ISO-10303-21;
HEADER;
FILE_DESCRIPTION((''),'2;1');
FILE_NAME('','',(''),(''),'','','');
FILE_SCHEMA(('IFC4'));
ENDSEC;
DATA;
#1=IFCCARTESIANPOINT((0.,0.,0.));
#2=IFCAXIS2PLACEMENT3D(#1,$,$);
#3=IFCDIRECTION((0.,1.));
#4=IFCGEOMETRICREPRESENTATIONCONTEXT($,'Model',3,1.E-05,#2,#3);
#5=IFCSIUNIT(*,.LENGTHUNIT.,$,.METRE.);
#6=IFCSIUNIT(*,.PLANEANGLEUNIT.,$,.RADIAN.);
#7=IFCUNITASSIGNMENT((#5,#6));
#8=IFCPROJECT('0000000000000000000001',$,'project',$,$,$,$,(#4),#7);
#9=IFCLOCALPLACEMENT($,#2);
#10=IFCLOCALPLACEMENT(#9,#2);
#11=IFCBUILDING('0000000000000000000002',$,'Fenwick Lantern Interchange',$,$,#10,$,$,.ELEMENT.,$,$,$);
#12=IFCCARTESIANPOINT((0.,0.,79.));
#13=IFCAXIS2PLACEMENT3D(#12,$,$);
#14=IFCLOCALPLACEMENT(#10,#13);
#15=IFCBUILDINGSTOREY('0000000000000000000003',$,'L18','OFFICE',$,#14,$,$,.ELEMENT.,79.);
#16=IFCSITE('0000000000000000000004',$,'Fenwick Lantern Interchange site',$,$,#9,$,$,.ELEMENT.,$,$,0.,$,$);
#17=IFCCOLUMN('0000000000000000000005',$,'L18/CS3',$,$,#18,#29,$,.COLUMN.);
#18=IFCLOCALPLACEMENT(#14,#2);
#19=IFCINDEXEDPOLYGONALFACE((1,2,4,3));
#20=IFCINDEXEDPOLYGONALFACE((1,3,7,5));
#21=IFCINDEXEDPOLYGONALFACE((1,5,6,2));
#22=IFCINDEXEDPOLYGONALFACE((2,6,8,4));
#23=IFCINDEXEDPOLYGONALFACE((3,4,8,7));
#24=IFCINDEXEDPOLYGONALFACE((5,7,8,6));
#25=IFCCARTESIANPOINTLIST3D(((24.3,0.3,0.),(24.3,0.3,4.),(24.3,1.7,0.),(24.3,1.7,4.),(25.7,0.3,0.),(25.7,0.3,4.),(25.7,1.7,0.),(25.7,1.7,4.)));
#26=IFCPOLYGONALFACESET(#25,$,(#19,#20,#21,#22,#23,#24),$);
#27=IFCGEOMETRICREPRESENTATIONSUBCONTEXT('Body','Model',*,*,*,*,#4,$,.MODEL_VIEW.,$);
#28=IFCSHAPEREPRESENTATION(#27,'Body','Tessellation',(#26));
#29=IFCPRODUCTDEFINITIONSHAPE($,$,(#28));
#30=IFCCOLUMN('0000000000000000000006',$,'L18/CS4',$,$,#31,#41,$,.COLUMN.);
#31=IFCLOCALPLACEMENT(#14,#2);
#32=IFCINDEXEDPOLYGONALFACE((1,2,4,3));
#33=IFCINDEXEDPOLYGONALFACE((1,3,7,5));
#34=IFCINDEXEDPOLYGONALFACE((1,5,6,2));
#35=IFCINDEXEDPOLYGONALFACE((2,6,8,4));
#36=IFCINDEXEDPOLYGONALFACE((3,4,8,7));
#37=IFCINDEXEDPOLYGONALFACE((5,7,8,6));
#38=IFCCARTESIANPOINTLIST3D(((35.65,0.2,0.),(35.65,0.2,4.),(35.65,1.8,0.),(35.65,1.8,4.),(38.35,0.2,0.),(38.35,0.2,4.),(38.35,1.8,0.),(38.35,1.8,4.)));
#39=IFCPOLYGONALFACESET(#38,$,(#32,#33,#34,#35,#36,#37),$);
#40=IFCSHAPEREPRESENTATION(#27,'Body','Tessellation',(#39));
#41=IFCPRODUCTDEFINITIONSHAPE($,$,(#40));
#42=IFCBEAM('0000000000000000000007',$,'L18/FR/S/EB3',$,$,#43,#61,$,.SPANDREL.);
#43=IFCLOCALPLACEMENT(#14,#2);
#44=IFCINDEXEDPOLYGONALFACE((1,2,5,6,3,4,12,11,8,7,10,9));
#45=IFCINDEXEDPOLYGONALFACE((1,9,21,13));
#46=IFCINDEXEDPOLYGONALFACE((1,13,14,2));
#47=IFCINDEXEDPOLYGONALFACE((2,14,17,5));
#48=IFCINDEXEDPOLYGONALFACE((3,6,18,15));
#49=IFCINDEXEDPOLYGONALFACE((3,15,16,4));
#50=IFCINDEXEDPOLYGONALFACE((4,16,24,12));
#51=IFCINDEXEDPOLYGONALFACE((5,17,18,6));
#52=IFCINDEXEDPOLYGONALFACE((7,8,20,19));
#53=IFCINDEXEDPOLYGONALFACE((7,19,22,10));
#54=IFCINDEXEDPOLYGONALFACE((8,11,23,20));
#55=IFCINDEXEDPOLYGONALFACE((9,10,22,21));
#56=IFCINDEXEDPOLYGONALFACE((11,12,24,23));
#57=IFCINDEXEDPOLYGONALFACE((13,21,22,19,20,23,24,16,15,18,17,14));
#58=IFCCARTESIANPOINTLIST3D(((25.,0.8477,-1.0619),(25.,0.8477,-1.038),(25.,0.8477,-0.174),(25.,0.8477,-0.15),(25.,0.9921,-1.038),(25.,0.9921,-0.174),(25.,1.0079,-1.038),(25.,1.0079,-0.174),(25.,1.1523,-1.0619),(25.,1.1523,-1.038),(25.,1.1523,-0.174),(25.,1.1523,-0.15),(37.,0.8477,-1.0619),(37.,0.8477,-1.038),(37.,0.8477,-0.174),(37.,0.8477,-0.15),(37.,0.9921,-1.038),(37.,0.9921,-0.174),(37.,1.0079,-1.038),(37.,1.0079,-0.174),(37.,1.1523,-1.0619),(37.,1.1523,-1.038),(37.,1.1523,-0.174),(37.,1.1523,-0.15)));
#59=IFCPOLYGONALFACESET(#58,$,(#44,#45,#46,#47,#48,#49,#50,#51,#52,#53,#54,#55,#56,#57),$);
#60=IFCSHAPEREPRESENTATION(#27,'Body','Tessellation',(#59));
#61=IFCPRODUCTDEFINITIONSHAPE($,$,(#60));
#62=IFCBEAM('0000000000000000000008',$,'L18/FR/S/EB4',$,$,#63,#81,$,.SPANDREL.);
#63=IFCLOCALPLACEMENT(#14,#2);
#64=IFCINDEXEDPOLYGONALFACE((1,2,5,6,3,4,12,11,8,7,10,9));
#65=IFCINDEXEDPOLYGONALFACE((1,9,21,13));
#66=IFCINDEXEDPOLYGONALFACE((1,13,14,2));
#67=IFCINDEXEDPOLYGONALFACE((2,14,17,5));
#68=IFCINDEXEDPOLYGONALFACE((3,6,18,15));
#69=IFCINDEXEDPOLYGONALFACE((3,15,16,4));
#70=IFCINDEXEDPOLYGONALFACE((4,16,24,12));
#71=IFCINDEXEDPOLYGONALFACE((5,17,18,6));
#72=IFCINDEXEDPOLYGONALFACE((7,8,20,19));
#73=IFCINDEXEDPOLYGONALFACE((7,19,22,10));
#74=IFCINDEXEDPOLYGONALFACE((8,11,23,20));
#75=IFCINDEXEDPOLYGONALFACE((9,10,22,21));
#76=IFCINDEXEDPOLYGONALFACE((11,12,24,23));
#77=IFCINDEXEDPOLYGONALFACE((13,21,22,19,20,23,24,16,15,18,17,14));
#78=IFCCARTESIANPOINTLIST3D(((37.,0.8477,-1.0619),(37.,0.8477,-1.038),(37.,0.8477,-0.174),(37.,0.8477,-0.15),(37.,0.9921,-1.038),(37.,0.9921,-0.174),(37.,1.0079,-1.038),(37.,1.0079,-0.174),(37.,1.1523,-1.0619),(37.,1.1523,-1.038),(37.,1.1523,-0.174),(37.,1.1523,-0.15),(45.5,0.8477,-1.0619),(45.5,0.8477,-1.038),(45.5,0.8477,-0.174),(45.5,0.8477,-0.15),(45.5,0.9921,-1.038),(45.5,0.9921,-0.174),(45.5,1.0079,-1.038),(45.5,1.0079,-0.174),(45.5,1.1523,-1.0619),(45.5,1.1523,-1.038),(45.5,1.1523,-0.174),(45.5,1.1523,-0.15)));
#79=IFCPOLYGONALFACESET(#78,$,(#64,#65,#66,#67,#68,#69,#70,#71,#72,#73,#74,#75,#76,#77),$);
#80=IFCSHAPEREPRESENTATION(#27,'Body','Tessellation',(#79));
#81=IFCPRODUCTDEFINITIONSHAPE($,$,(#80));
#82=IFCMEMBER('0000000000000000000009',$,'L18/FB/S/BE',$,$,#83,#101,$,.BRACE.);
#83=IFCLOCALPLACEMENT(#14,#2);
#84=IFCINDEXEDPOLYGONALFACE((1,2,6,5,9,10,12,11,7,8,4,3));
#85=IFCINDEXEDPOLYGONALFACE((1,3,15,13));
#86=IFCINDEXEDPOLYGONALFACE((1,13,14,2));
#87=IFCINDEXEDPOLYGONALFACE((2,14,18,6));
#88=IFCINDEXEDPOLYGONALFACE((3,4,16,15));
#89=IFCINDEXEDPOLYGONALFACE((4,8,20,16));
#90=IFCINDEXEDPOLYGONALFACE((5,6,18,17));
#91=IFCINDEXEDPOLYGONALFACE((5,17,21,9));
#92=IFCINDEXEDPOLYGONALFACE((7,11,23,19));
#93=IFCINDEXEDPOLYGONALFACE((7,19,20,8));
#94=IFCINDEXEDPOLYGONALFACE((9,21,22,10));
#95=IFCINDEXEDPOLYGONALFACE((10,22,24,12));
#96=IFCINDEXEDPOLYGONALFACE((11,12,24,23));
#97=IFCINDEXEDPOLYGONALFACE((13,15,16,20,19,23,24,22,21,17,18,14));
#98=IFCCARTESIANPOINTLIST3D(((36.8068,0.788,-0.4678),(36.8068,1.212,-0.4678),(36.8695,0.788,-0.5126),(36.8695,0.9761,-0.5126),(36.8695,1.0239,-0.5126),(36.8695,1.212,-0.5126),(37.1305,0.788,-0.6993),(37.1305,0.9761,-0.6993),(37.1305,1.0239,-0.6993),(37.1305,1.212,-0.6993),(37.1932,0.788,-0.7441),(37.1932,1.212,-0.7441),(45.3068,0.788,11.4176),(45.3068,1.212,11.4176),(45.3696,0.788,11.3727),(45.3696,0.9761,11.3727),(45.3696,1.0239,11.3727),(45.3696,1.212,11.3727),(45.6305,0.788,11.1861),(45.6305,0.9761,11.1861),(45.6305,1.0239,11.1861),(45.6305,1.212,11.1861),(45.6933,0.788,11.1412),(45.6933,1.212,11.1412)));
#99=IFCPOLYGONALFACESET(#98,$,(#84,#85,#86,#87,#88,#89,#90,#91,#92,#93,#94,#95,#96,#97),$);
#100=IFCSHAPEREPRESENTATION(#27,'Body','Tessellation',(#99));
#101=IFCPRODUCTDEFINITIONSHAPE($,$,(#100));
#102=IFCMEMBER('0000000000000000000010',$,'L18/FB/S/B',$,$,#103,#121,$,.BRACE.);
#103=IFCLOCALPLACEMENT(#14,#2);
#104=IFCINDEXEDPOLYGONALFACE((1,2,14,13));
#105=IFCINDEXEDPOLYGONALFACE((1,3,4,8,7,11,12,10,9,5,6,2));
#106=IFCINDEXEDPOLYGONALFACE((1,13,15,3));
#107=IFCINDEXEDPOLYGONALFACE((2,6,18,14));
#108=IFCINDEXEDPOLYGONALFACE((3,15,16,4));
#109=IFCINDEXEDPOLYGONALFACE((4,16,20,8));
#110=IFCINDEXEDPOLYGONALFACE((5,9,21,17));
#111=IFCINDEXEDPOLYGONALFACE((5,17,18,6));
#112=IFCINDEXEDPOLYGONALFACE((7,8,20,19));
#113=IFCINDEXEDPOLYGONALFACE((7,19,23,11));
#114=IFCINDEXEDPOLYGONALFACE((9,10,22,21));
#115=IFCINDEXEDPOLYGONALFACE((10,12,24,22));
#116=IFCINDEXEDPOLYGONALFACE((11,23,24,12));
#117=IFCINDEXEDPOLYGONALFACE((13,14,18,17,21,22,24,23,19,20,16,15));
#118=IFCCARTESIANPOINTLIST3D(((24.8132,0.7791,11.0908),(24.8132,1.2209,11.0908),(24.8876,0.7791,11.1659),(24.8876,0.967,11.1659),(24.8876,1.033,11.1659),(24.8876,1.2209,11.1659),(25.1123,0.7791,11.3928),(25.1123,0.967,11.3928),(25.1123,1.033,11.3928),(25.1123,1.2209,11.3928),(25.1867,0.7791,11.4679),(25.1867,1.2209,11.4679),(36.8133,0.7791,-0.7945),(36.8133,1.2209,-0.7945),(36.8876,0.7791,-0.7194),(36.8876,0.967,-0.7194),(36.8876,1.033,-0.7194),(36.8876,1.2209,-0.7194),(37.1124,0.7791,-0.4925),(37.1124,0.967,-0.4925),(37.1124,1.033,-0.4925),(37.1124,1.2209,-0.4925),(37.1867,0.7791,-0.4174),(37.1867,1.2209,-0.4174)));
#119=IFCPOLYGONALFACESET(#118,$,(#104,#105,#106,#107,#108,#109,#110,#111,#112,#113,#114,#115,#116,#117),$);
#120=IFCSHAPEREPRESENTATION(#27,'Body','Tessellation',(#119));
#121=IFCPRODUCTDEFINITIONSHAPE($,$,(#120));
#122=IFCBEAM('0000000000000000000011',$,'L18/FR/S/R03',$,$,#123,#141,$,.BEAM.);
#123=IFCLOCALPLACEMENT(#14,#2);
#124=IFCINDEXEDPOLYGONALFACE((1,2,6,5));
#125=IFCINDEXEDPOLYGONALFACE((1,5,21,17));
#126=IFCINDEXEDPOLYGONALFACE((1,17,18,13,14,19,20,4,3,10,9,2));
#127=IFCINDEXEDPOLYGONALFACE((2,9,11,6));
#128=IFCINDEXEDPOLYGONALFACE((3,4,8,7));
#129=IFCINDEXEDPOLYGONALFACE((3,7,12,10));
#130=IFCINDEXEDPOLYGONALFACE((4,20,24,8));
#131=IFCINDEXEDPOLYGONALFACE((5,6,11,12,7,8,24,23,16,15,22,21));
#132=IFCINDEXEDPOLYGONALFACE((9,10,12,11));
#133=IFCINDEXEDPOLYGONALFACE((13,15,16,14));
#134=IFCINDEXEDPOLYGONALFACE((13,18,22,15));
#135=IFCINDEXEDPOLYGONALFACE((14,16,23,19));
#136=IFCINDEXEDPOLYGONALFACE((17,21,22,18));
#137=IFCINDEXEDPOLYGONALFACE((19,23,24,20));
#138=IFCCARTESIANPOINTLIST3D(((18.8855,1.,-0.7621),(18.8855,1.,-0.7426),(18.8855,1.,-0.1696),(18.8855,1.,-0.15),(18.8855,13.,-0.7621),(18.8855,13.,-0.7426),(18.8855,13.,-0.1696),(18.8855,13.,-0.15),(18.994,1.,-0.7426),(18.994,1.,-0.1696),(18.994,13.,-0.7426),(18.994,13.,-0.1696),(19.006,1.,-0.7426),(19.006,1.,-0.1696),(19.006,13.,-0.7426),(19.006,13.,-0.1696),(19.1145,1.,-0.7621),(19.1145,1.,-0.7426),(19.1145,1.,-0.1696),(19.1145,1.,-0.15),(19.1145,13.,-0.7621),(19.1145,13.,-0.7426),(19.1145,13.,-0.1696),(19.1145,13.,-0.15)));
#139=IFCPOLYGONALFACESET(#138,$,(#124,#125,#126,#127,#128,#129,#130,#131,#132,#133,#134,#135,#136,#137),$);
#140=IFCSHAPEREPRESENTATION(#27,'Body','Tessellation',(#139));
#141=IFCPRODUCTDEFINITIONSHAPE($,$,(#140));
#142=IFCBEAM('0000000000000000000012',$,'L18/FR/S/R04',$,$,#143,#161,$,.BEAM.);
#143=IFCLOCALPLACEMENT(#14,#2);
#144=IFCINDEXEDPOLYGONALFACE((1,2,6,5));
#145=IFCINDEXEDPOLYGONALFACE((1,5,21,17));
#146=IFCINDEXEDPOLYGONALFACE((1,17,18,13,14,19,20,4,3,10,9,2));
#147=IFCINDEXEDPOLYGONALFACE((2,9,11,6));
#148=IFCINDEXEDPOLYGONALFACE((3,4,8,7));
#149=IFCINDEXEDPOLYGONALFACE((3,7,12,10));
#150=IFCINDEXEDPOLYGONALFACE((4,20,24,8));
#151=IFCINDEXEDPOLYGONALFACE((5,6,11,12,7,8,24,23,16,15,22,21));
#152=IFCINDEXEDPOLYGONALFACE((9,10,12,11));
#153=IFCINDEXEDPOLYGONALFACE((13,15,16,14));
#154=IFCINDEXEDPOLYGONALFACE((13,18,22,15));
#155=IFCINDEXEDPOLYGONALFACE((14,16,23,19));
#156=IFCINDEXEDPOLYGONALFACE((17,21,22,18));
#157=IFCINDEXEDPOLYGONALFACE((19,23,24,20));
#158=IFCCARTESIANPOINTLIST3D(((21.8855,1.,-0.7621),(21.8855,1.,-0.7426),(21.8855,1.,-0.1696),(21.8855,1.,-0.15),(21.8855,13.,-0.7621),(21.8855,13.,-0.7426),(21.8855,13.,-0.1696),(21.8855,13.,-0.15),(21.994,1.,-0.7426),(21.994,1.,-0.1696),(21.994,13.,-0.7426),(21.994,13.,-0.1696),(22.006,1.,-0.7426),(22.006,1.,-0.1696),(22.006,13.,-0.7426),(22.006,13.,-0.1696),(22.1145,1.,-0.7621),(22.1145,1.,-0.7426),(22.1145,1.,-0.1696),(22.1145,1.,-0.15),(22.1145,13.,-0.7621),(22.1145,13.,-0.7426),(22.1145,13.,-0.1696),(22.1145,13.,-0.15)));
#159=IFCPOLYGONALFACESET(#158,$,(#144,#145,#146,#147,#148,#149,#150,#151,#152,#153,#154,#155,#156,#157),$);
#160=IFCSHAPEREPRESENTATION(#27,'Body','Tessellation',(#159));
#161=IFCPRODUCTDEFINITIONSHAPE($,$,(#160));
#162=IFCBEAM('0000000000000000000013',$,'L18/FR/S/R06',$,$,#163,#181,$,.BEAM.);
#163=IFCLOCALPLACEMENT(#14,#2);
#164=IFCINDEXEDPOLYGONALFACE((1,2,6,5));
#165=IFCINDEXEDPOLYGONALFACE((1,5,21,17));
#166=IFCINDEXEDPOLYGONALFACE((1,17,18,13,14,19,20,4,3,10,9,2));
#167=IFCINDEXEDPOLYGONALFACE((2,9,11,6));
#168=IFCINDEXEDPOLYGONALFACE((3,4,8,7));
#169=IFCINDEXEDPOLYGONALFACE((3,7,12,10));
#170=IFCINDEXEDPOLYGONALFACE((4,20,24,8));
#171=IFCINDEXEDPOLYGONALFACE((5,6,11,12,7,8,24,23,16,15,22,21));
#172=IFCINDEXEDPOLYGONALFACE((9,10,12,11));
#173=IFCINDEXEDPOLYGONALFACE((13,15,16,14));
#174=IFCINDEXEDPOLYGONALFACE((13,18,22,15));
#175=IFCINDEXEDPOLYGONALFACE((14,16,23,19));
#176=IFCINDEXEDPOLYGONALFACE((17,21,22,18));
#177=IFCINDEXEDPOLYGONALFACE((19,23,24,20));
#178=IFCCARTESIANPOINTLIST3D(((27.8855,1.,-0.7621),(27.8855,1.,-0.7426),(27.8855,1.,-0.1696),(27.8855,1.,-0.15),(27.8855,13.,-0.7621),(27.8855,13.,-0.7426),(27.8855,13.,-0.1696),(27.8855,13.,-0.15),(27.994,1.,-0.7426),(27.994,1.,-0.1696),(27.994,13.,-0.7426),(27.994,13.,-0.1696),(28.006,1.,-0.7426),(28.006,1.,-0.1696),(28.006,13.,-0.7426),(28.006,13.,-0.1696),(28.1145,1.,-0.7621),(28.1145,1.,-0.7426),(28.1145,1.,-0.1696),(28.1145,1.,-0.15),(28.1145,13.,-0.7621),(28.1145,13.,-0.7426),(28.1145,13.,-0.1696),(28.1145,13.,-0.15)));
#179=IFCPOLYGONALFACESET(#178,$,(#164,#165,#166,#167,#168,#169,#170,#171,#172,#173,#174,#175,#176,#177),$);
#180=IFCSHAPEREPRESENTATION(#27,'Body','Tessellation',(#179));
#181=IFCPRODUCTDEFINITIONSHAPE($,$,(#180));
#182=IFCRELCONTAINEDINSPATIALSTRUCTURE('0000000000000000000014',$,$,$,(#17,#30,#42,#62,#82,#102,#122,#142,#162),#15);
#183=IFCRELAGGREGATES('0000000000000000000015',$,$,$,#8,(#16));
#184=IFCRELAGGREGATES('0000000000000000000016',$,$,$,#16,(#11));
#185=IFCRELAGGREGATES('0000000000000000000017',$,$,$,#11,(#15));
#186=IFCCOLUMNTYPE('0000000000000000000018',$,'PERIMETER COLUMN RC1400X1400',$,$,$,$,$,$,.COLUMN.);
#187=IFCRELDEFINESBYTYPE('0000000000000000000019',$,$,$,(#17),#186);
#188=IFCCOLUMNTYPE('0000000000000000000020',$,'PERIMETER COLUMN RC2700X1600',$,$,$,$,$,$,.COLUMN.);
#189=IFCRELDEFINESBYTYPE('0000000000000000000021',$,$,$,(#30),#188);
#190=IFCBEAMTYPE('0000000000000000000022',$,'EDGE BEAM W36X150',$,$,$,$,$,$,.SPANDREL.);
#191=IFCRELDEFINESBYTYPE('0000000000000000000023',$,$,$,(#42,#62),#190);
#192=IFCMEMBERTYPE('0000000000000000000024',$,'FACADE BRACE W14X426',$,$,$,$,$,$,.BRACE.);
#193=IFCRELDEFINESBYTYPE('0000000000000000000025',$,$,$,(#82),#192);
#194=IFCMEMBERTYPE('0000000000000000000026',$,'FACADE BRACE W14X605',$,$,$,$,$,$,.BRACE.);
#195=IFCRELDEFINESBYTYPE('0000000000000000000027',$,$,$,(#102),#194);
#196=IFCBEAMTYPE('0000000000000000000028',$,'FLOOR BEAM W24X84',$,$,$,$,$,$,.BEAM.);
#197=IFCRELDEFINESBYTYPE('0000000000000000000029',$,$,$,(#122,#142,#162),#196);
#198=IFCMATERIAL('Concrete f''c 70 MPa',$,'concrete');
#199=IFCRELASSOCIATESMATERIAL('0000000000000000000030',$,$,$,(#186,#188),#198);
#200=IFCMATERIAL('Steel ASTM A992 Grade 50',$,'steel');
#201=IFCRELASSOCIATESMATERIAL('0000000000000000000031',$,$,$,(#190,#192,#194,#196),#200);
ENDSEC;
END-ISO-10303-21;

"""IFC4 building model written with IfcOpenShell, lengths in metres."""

from ifc_helpers import new_model, si_unit, direction, frame, origin, origin_2d, place, context, subcontext, project, spatial, rectangle, i_section, extrude, material, material_profile, profile_set, type_object, element, save


model = new_model("IFC4")

# Units and contexts
model_context = context("Model", 3, precision=1e-05, world=origin(), true_north=direction((0.0, 1.0)))
body_context = subcontext(model_context, "Body", "Model", "MODEL_VIEW")
ifc_project = project(units=[si_unit("LENGTHUNIT", "METRE"), si_unit("PLANEANGLEUNIT", "RADIAN")], contexts=[model_context])

# Site, building, storey
site_placement = place(None, origin())
site = spatial("IfcSite", under=ifc_project, at=site_placement, Name="Fenwick Lantern Interchange site", CompositionType="ELEMENT", RefElevation=0.0)
building_placement = place(site_placement, origin())
building = spatial("IfcBuilding", under=site, at=building_placement, Name="Fenwick Lantern Interchange", CompositionType="ELEMENT")
storey_placement = place(building_placement, frame((0.0, 0.0, 79.0)))
storey = spatial("IfcBuildingStorey", under=building, at=storey_placement, Name="L18", Description="OFFICE", CompositionType="ELEMENT", Elevation=79.0)

# Columns
ifc_material_1 = material(Name="Concrete f'c 70 MPa", Category="concrete")
ifc_material_profile_1 = material_profile(ifc_material_1, rectangle(XDim=1.3999, YDim=1.3999, at=origin_2d()), Name="RC1400X1400")
ifc_profile_set_1 = profile_set([ifc_material_profile_1], Name="Concrete f'c 70 MPa")
column_type_1 = type_object("IfcColumnType", Name="PERIMETER COLUMN RC1400X1400", PredefinedType="COLUMN", material=ifc_profile_set_1)
column_1_placement = place(storey_placement, frame((25.0, 1.0, 0.0), z_axis=(0.0, 0.0, 1.0), x_axis=(1.0, 0.0, 0.0)))
element("IfcColumn", 1, at=column_1_placement, inside=storey, type_object=column_type_1, Name="L18/CS3", PredefinedType="COLUMN", context=body_context, shape_type="SweptSolid", body=[
    extrude(rectangle(XDim=1.3999, YDim=1.3999, at=origin_2d()), origin(), (0.0, 0.0, 1.0), 4.0),
])
ifc_material_profile_2 = material_profile(ifc_material_1, rectangle(XDim=2.7, YDim=1.6001, at=origin_2d()), Name="RC2700X1600")
ifc_profile_set_2 = profile_set([ifc_material_profile_2], Name="Concrete f'c 70 MPa")
column_type_2 = type_object("IfcColumnType", Name="PERIMETER COLUMN RC2700X1600", PredefinedType="COLUMN", material=ifc_profile_set_2)
column_2_placement = place(storey_placement, frame((37.0, 1.0, 0.0), z_axis=(0.0, 0.0, 1.0), x_axis=(1.0, 0.0, 0.0)))
element("IfcColumn", 2, at=column_2_placement, inside=storey, type_object=column_type_2, Name="L18/CS4", PredefinedType="COLUMN", context=body_context, shape_type="SweptSolid", body=[
    extrude(rectangle(XDim=2.7, YDim=1.6001, at=origin_2d()), origin(), (0.0, 0.0, 1.0), 4.0),
])

# Beams
ifc_material_2 = material(Name="Steel ASTM A992 Grade 50", Category="steel")
ifc_material_profile_3 = material_profile(ifc_material_2, i_section(OverallWidth=0.3047, OverallDepth=0.9119, WebThickness=0.0159, FlangeThickness=0.0239, at=origin_2d()), Name="W36X150")
ifc_profile_set_3 = profile_set([ifc_material_profile_3], Name="Steel ASTM A992 Grade 50")
beam_type_1 = type_object("IfcBeamType", Name="EDGE BEAM W36X150", PredefinedType="SPANDREL", material=ifc_profile_set_3)
beam_1_placement = place(storey_placement, frame((25.0, 1.0, -0.606), z_axis=(1.0, 0.0, 0.0), x_axis=(0.0, 1.0, 0.0)))
element("IfcBeam", 3, at=beam_1_placement, inside=storey, type_object=beam_type_1, Name="L18/FR/S/EB3", PredefinedType="SPANDREL", context=body_context, shape_type="SweptSolid", body=[
    extrude(i_section(OverallWidth=0.3047, OverallDepth=0.9119, WebThickness=0.0159, FlangeThickness=0.0239, at=origin_2d()), origin(), (0.0, 0.0, 1.0), 12.0),
])
beam_2_placement = place(storey_placement, frame((37.0, 1.0, -0.606), z_axis=(1.0, 0.0, 0.0), x_axis=(0.0, 1.0, 0.0)))
element("IfcBeam", 4, at=beam_2_placement, inside=storey, type_object=beam_type_1, Name="L18/FR/S/EB4", PredefinedType="SPANDREL", context=body_context, shape_type="SweptSolid", body=[
    extrude(i_section(OverallWidth=0.3047, OverallDepth=0.9119, WebThickness=0.0159, FlangeThickness=0.0239, at=origin_2d()), origin(), (0.0, 0.0, 1.0), 8.5),
])

# Members
ifc_material_profile_4 = material_profile(ifc_material_2, i_section(OverallWidth=0.4241, OverallDepth=0.4751, WebThickness=0.0479, FlangeThickness=0.0771, at=origin_2d()), Name="W14X426")
ifc_profile_set_4 = profile_set([ifc_material_profile_4], Name="Steel ASTM A992 Grade 50")
member_type_1 = type_object("IfcMemberType", Name="FACADE BRACE W14X426", PredefinedType="BRACE", material=ifc_profile_set_4)
member_1_placement = place(storey_placement, frame((37.0, 1.0, -0.606), z_axis=(0.581715, 0.0, 0.813392), x_axis=(0.0, 1.0, 0.0)))
element("IfcMember", 5, at=member_1_placement, inside=storey, type_object=member_type_1, Name="L18/FB/S/BE", PredefinedType="BRACE", context=body_context, shape_type="SweptSolid", body=[
    extrude(i_section(OverallWidth=0.4241, OverallDepth=0.4751, WebThickness=0.0479, FlangeThickness=0.0771, at=origin_2d()), origin(), (0.0, 0.0, 1.0), 14.6121),
])
ifc_material_profile_5 = material_profile(ifc_material_2, i_section(OverallWidth=0.4419, OverallDepth=0.5308, WebThickness=0.0659, FlangeThickness=0.1057, at=origin_2d()), Name="W14X605")
ifc_profile_set_5 = profile_set([ifc_material_profile_5], Name="Steel ASTM A992 Grade 50")
member_type_2 = type_object("IfcMemberType", Name="FACADE BRACE W14X605", PredefinedType="BRACE", material=ifc_profile_set_5)
member_2_placement = place(storey_placement, frame((37.0, 1.0, -0.606), z_axis=(-0.710496, 0.0, 0.703702), x_axis=(0.0, -1.0, 0.0)))
element("IfcMember", 6, at=member_2_placement, inside=storey, type_object=member_type_2, Name="L18/FB/S/B", PredefinedType="BRACE", context=body_context, shape_type="SweptSolid", body=[
    extrude(i_section(OverallWidth=0.4419, OverallDepth=0.5308, WebThickness=0.0659, FlangeThickness=0.1057, at=origin_2d()), origin(), (0.0, 0.0, 1.0), 16.8896),
])

# Beams
ifc_material_profile_6 = material_profile(ifc_material_2, i_section(OverallWidth=0.229, OverallDepth=0.6121, WebThickness=0.012, FlangeThickness=0.0195, at=origin_2d()), Name="W24X84")
ifc_profile_set_6 = profile_set([ifc_material_profile_6], Name="Steel ASTM A992 Grade 50")
beam_type_2 = type_object("IfcBeamType", Name="FLOOR BEAM W24X84", PredefinedType="BEAM", material=ifc_profile_set_6)
for number, where, z_axis, x_axis, name in (
    (7, (19.0, 1.0, -0.4561), (0.0, 1.0, 0.0), (-1.0, 0.0, 0.0), "L18/FR/S/R03"),
    (8, (22.0, 1.0, -0.4561), (0.0, 1.0, 0.0), (-1.0, 0.0, 0.0), "L18/FR/S/R04"),
    (9, (28.0, 1.0, -0.4561), (0.0, 1.0, 0.0), (-1.0, 0.0, 0.0), "L18/FR/S/R06"),
):
    element("IfcBeam", number, at=place(storey_placement, frame(where, z_axis=z_axis, x_axis=x_axis)), inside=storey, type_object=beam_type_2, Name=name, PredefinedType="BEAM", context=body_context, shape_type="SweptSolid", body=[
        extrude(i_section(OverallWidth=0.229, OverallDepth=0.6121, WebThickness=0.012, FlangeThickness=0.0195, at=origin_2d()), origin(), (0.0, 0.0, 1.0), 12.0),
    ])

save(model, "model.ifc")
